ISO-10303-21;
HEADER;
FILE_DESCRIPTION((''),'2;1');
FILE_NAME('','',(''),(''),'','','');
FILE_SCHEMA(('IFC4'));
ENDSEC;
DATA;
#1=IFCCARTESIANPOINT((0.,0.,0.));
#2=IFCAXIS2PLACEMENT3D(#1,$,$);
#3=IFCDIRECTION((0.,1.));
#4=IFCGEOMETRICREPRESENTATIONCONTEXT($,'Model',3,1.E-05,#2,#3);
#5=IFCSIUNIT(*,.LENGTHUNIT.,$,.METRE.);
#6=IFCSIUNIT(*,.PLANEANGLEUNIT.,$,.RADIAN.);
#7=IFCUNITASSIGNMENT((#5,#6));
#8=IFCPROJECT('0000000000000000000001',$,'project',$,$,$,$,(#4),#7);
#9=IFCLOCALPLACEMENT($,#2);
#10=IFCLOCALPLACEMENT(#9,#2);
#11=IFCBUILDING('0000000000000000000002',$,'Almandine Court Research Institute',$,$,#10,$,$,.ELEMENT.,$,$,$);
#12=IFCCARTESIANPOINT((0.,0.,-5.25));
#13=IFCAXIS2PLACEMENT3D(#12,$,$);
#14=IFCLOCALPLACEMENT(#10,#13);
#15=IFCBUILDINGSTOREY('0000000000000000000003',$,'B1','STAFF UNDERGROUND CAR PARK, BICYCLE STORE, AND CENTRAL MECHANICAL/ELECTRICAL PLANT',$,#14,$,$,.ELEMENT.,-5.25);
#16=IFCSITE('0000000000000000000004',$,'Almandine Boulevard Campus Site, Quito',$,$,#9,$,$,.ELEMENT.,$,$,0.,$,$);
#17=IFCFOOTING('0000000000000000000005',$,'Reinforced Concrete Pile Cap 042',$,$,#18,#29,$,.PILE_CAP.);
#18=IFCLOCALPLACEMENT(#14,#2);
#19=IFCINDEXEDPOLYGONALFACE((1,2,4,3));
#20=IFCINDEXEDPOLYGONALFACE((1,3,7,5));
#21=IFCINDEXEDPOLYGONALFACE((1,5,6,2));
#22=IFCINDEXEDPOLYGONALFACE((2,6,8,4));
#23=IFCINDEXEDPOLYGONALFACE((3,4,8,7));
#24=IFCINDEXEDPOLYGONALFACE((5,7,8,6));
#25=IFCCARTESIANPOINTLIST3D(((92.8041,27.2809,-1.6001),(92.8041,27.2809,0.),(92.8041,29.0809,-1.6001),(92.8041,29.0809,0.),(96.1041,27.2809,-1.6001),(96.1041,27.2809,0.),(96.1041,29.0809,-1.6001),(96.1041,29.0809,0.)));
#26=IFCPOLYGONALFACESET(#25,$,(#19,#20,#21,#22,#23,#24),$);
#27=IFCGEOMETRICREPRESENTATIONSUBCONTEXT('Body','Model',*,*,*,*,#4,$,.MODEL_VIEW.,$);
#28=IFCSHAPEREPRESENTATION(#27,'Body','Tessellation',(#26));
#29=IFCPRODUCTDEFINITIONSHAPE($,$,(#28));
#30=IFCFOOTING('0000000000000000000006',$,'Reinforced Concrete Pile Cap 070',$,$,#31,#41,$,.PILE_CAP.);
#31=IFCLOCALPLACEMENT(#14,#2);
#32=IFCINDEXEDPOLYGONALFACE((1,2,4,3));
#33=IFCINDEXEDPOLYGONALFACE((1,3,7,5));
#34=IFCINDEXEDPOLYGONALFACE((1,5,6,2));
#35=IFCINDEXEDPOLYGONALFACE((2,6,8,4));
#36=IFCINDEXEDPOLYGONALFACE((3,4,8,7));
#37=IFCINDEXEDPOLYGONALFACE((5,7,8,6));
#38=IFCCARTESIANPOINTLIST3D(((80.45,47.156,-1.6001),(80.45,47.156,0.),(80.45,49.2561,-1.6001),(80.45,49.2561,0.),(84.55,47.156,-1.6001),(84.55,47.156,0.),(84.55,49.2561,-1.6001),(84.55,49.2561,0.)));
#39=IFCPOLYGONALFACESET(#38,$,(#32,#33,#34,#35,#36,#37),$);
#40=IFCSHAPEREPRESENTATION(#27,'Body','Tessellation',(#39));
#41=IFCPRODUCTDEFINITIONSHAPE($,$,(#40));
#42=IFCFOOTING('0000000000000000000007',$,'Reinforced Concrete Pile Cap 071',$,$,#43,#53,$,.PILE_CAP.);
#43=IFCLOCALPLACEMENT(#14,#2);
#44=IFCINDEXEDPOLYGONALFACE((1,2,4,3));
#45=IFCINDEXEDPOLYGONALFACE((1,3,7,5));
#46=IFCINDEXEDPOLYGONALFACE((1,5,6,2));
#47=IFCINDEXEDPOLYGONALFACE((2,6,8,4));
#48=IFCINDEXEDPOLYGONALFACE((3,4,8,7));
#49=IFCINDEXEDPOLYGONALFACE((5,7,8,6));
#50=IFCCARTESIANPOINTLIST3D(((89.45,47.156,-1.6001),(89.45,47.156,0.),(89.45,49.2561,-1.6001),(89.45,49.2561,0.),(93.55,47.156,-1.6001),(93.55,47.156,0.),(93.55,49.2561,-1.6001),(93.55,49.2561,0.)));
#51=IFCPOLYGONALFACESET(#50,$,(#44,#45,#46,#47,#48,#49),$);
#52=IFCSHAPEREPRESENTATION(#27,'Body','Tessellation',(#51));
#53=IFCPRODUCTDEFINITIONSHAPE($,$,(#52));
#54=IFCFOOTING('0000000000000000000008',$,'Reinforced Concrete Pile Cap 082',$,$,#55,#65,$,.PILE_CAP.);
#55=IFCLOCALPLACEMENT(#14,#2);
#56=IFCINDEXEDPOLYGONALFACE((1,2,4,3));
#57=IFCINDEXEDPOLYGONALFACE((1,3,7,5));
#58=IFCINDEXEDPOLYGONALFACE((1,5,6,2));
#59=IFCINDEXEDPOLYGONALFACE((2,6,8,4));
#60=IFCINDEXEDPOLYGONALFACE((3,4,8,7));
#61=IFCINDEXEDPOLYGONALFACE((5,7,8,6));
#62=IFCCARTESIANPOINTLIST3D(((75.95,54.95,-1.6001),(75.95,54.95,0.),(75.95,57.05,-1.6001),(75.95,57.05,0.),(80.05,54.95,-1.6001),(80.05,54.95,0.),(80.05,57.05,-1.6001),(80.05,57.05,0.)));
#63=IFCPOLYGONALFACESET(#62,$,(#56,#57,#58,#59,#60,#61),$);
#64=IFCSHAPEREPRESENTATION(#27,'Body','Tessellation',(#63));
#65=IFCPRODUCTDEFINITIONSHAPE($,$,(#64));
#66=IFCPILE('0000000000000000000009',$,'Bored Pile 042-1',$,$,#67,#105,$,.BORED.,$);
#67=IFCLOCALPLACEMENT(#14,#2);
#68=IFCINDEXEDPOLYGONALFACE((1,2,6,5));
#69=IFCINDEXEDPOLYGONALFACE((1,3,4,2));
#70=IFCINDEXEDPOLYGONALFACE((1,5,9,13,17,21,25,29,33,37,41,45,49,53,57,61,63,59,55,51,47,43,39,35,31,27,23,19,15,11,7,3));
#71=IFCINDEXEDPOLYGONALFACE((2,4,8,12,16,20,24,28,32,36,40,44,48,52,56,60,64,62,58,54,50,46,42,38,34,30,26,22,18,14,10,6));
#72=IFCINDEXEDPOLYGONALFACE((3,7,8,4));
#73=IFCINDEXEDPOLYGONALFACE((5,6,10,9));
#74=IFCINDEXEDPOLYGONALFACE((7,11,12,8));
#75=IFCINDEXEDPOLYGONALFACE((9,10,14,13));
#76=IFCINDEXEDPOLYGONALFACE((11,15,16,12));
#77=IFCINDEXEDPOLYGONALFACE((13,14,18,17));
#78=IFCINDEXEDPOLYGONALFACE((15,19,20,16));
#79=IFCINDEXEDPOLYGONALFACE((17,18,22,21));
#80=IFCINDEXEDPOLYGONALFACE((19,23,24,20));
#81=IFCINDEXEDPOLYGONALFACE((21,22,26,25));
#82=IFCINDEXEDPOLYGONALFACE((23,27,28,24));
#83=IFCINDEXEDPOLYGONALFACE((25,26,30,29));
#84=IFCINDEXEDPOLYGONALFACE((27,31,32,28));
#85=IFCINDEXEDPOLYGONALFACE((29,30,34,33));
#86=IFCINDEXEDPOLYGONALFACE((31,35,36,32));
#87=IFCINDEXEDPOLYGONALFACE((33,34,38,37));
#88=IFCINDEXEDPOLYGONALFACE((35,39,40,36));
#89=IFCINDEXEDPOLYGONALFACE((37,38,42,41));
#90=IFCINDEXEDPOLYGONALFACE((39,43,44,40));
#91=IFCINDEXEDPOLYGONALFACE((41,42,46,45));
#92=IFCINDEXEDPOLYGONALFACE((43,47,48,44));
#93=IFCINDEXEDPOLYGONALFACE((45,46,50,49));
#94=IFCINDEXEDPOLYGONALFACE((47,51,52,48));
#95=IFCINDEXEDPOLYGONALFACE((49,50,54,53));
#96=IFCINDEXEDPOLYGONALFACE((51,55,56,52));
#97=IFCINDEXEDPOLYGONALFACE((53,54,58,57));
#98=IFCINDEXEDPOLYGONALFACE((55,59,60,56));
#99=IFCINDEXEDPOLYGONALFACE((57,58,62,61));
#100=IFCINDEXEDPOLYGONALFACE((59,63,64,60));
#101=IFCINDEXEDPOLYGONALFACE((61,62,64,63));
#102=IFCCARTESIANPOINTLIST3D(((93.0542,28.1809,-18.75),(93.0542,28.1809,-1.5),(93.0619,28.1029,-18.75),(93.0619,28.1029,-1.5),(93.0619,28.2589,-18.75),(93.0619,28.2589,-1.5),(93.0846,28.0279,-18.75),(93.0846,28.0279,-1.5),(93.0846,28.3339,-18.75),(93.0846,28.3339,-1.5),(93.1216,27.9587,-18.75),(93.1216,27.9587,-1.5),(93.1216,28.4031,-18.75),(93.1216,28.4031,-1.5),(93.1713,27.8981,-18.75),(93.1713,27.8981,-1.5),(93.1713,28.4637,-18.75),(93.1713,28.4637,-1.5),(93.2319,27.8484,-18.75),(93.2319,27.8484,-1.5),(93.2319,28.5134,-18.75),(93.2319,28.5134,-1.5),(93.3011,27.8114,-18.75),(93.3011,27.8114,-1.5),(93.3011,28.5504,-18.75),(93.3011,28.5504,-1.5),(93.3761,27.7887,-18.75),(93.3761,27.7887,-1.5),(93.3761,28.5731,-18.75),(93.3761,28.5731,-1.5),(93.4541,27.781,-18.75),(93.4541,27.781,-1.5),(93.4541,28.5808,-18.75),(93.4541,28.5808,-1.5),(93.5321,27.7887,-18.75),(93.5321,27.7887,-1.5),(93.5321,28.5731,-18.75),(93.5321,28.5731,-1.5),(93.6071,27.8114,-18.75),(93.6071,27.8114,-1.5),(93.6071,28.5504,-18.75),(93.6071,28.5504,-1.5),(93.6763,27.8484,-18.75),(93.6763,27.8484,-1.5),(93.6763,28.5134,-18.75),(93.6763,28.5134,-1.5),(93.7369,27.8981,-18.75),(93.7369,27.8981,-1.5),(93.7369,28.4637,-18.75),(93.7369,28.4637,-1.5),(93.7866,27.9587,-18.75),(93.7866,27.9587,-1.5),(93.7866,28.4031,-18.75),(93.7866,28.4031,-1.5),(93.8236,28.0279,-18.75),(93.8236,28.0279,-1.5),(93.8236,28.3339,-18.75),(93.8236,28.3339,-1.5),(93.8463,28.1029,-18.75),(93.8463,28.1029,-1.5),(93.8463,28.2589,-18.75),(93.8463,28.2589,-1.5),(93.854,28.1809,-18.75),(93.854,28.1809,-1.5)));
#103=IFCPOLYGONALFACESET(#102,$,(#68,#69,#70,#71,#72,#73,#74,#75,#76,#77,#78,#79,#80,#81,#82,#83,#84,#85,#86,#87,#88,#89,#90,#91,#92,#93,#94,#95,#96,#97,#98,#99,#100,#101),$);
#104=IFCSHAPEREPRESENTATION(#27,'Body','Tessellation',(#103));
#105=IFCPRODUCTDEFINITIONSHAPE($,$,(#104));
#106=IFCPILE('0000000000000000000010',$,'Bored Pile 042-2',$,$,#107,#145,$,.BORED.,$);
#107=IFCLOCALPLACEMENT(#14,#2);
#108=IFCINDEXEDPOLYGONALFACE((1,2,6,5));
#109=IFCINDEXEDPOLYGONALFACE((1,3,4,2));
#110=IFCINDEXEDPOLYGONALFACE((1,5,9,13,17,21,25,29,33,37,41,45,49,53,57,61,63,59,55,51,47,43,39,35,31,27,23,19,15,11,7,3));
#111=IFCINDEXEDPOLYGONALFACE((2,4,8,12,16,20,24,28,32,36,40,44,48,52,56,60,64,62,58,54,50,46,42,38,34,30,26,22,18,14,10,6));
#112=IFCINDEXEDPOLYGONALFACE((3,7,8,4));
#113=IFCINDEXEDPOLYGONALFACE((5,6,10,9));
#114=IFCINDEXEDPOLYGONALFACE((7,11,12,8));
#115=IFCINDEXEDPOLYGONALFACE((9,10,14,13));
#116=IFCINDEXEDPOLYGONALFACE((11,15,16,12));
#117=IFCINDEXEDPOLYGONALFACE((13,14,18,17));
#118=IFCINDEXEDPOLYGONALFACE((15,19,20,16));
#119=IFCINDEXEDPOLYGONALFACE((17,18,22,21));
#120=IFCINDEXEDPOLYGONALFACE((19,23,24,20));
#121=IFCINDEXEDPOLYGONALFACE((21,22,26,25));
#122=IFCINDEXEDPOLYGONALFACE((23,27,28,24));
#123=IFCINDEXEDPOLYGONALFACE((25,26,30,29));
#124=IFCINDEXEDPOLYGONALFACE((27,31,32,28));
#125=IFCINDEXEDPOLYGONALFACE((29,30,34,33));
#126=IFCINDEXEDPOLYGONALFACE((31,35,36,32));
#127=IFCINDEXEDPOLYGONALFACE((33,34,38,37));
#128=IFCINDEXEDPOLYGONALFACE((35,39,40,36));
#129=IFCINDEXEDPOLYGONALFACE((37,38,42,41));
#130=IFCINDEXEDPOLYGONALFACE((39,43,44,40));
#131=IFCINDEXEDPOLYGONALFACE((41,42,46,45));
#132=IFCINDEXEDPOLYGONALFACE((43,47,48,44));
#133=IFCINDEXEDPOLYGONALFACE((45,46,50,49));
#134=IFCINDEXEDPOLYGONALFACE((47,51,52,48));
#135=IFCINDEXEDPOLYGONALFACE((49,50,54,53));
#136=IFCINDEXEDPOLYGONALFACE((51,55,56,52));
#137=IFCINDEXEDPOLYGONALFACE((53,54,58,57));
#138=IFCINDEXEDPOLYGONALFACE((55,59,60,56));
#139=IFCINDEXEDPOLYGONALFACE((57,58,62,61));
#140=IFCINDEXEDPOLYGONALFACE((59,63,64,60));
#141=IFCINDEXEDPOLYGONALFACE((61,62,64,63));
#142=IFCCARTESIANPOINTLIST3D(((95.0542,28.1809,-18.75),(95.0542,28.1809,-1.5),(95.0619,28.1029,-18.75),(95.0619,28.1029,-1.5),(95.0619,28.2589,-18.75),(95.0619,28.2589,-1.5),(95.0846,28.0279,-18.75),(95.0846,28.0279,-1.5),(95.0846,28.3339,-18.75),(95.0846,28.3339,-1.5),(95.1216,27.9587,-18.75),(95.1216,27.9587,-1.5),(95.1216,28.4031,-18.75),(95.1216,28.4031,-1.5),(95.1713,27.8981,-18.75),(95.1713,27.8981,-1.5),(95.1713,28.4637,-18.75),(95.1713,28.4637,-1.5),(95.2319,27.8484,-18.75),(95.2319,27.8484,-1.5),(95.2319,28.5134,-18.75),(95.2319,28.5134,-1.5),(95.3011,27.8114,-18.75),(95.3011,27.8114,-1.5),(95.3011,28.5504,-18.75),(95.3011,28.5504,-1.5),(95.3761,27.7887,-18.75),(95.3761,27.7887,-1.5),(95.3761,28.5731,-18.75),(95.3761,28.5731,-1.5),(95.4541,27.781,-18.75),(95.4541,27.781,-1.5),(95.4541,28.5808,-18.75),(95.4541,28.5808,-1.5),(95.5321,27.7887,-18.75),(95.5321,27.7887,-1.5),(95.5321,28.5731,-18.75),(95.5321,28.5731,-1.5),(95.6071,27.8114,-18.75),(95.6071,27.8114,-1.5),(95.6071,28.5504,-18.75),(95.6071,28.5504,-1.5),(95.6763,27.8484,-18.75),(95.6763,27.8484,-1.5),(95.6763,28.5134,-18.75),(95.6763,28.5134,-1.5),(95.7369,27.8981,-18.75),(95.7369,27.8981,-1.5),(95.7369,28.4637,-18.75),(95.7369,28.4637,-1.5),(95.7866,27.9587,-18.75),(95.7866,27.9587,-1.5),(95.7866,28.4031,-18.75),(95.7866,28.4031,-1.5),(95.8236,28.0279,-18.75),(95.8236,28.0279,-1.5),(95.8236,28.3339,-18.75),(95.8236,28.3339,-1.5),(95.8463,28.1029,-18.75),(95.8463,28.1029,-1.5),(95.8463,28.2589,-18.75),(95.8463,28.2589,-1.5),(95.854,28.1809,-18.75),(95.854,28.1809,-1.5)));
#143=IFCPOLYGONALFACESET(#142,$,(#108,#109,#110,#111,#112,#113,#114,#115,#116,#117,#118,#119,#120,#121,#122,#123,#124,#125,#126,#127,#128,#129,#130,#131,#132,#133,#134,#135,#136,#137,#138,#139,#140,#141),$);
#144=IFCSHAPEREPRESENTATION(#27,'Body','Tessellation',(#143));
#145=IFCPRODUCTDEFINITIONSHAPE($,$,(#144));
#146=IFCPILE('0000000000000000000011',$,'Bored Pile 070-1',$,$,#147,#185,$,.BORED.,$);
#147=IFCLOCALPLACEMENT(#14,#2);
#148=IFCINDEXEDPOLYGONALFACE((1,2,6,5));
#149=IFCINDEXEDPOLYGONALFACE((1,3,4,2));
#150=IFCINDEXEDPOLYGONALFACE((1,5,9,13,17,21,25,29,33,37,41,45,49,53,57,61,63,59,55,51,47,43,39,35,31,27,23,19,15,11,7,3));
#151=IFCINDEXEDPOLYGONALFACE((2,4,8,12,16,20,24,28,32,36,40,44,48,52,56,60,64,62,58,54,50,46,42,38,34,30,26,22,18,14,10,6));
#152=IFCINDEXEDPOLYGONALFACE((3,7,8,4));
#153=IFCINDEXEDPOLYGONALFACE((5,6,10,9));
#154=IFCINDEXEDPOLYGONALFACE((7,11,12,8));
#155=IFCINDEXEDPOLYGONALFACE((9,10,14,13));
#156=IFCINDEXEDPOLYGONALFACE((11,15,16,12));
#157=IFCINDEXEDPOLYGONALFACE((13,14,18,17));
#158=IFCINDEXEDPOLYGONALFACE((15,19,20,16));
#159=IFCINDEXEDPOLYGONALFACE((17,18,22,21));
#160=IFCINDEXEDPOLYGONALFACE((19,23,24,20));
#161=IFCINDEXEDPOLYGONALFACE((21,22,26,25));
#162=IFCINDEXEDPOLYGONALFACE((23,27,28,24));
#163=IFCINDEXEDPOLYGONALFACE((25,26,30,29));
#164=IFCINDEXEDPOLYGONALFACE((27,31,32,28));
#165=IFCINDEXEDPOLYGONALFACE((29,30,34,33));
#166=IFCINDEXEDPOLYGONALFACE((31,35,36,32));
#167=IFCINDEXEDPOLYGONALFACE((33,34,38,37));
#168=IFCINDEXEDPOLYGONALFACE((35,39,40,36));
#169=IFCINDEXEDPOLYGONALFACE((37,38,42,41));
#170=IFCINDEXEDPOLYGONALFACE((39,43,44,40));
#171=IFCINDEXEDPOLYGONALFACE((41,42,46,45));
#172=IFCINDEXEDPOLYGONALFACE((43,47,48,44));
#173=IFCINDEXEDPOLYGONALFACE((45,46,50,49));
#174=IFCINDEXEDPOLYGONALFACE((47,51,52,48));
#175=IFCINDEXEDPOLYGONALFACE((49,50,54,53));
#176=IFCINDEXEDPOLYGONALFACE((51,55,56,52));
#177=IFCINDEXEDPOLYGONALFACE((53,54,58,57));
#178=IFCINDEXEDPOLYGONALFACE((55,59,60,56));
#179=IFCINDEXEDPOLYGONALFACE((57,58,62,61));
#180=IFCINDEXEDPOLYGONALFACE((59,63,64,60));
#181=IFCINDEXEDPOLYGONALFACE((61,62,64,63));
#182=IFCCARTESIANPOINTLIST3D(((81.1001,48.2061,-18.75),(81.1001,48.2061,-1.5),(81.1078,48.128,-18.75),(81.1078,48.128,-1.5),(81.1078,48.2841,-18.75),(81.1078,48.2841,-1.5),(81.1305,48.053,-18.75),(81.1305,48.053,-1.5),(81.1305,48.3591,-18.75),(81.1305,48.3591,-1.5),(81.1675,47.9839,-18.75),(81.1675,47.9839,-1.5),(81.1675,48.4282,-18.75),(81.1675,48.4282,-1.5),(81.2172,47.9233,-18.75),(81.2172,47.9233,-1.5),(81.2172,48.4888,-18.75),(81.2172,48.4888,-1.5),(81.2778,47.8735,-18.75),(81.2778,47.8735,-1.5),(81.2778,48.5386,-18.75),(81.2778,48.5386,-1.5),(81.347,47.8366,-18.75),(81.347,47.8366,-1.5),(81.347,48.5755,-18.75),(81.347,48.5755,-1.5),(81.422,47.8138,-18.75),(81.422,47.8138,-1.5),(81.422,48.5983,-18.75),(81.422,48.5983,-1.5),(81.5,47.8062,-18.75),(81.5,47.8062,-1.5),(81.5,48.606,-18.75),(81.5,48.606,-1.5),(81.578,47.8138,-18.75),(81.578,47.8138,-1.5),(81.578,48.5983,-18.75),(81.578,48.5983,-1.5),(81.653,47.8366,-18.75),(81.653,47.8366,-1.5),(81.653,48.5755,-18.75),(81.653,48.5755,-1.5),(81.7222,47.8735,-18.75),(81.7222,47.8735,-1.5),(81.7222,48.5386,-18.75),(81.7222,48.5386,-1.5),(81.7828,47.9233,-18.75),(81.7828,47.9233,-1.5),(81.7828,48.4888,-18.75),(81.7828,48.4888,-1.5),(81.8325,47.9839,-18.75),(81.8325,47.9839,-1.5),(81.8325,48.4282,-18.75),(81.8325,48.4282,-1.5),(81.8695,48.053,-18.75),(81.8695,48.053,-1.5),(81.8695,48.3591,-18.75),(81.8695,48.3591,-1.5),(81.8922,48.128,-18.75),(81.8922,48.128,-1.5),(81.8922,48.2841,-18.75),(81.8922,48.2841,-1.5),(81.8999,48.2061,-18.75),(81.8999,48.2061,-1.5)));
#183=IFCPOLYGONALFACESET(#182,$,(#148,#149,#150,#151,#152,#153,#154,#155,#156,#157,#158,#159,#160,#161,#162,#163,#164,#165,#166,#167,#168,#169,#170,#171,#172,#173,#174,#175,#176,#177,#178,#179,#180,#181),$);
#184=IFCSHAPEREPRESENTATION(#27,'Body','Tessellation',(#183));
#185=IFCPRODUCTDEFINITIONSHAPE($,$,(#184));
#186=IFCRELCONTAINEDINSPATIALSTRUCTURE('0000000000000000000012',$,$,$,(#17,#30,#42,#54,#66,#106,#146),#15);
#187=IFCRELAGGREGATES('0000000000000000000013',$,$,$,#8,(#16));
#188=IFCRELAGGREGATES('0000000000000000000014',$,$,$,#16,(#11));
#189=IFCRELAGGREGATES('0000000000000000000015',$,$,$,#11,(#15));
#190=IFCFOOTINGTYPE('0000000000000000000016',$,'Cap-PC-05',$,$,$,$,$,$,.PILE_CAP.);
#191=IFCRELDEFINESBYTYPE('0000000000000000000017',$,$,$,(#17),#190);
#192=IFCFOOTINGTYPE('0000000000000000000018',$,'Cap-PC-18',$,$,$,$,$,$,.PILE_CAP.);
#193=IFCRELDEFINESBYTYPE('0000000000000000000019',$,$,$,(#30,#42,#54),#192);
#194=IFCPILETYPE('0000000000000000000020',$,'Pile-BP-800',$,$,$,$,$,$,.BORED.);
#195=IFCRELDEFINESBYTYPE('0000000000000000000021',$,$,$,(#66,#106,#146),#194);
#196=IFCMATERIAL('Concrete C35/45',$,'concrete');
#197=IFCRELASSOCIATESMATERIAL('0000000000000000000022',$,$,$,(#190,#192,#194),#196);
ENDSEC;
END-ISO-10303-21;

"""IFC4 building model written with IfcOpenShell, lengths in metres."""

from ifc_helpers import new_model, si_unit, direction, frame, origin, origin_2d, place, context, subcontext, project, spatial, rectangle, circle, extrude, material, material_profile, profile_set, type_object, element, save


model = new_model("IFC4")

# Units and contexts
model_context = context("Model", 3, precision=1e-05, world=origin(), true_north=direction((0.0, 1.0)))
body_context = subcontext(model_context, "Body", "Model", "MODEL_VIEW")
ifc_project = project(units=[si_unit("LENGTHUNIT", "METRE"), si_unit("PLANEANGLEUNIT", "RADIAN")], contexts=[model_context])

# Site, building, storey
site_placement = place(None, origin())
site = spatial("IfcSite", under=ifc_project, at=site_placement, Name="Almandine Boulevard Campus Site, Quito", CompositionType="ELEMENT", RefElevation=0.0)
building_placement = place(site_placement, origin())
building = spatial("IfcBuilding", under=site, at=building_placement, Name="Almandine Court Research Institute", CompositionType="ELEMENT")
storey_placement = place(building_placement, frame((0.0, 0.0, -5.25)))
storey = spatial("IfcBuildingStorey", under=building, at=storey_placement, Name="B1", Description="STAFF UNDERGROUND CAR PARK, BICYCLE STORE, AND CENTRAL MECHANICAL/ELECTRICAL PLANT", CompositionType="ELEMENT", Elevation=-5.25)

# Footings
ifc_material_1 = material(Name="Concrete C35/45", Category="concrete")
footing_type_1 = type_object("IfcFootingType", Name="Cap-PC-05", PredefinedType="PILE_CAP", material=ifc_material_1)
footing_1_placement = place(storey_placement, frame((94.4541, 28.1809, -1.6001), z_axis=(0.0, 0.0, 1.0), x_axis=(1.0, 0.0, 0.0)))
element("IfcFooting", 1, at=footing_1_placement, inside=storey, type_object=footing_type_1, Name="Reinforced Concrete Pile Cap 042", PredefinedType="PILE_CAP", context=body_context, shape_type="SweptSolid", body=[
    extrude(rectangle(XDim=3.3, YDim=1.8, at=origin_2d()), origin(), (0.0, 0.0, 1.0), 1.6001),
])
footing_type_2 = type_object("IfcFootingType", Name="Cap-PC-18", PredefinedType="PILE_CAP", material=ifc_material_1)
for number, where, z_axis, x_axis, name in (
    (2, (82.5, 48.2061, -1.6001), (0.0, 0.0, 1.0), (1.0, 0.0, 0.0), "Reinforced Concrete Pile Cap 070"),
    (3, (91.5, 48.2061, -1.6001), (0.0, 0.0, 1.0), (1.0, 0.0, 0.0), "Reinforced Concrete Pile Cap 071"),
    (4, (78.0, 56.0, -1.6001), (0.0, 0.0, 1.0), (1.0, 0.0, 0.0), "Reinforced Concrete Pile Cap 082"),
):
    element("IfcFooting", number, at=place(storey_placement, frame(where, z_axis=z_axis, x_axis=x_axis)), inside=storey, type_object=footing_type_2, Name=name, PredefinedType="PILE_CAP", context=body_context, shape_type="SweptSolid", body=[
        extrude(rectangle(XDim=4.1001, YDim=2.1001, at=origin_2d()), origin(), (0.0, 0.0, 1.0), 1.6001),
    ])

# Piles
ifc_material_profile_1 = material_profile(ifc_material_1, circle(Radius=0.3999, at=origin_2d()), Name="BORED PILE D800")
ifc_profile_set_1 = profile_set([ifc_material_profile_1], Name="Concrete C35/45")
pile_type = type_object("IfcPileType", Name="Pile-BP-800", PredefinedType="BORED", material=ifc_profile_set_1)
for number, where, z_axis, x_axis, name in (
    (5, (93.4541, 28.1809, -1.5), (0.0, 0.0, -1.0), (1.0, 0.0, 0.0), "Bored Pile 042-1"),
    (6, (95.4541, 28.1809, -1.5), (0.0, 0.0, -1.0), (1.0, 0.0, 0.0), "Bored Pile 042-2"),
    (7, (81.5, 48.2061, -1.5), (0.0, 0.0, -1.0), (1.0, 0.0, 0.0), "Bored Pile 070-1"),
):
    element("IfcPile", number, at=place(storey_placement, frame(where, z_axis=z_axis, x_axis=x_axis)), inside=storey, type_object=pile_type, Name=name, PredefinedType="BORED", context=body_context, shape_type="SweptSolid", body=[
        extrude(circle(Radius=0.3999, at=origin_2d()), origin(), (0.0, 0.0, 1.0), 17.25),
    ])

save(model, "model.ifc")
